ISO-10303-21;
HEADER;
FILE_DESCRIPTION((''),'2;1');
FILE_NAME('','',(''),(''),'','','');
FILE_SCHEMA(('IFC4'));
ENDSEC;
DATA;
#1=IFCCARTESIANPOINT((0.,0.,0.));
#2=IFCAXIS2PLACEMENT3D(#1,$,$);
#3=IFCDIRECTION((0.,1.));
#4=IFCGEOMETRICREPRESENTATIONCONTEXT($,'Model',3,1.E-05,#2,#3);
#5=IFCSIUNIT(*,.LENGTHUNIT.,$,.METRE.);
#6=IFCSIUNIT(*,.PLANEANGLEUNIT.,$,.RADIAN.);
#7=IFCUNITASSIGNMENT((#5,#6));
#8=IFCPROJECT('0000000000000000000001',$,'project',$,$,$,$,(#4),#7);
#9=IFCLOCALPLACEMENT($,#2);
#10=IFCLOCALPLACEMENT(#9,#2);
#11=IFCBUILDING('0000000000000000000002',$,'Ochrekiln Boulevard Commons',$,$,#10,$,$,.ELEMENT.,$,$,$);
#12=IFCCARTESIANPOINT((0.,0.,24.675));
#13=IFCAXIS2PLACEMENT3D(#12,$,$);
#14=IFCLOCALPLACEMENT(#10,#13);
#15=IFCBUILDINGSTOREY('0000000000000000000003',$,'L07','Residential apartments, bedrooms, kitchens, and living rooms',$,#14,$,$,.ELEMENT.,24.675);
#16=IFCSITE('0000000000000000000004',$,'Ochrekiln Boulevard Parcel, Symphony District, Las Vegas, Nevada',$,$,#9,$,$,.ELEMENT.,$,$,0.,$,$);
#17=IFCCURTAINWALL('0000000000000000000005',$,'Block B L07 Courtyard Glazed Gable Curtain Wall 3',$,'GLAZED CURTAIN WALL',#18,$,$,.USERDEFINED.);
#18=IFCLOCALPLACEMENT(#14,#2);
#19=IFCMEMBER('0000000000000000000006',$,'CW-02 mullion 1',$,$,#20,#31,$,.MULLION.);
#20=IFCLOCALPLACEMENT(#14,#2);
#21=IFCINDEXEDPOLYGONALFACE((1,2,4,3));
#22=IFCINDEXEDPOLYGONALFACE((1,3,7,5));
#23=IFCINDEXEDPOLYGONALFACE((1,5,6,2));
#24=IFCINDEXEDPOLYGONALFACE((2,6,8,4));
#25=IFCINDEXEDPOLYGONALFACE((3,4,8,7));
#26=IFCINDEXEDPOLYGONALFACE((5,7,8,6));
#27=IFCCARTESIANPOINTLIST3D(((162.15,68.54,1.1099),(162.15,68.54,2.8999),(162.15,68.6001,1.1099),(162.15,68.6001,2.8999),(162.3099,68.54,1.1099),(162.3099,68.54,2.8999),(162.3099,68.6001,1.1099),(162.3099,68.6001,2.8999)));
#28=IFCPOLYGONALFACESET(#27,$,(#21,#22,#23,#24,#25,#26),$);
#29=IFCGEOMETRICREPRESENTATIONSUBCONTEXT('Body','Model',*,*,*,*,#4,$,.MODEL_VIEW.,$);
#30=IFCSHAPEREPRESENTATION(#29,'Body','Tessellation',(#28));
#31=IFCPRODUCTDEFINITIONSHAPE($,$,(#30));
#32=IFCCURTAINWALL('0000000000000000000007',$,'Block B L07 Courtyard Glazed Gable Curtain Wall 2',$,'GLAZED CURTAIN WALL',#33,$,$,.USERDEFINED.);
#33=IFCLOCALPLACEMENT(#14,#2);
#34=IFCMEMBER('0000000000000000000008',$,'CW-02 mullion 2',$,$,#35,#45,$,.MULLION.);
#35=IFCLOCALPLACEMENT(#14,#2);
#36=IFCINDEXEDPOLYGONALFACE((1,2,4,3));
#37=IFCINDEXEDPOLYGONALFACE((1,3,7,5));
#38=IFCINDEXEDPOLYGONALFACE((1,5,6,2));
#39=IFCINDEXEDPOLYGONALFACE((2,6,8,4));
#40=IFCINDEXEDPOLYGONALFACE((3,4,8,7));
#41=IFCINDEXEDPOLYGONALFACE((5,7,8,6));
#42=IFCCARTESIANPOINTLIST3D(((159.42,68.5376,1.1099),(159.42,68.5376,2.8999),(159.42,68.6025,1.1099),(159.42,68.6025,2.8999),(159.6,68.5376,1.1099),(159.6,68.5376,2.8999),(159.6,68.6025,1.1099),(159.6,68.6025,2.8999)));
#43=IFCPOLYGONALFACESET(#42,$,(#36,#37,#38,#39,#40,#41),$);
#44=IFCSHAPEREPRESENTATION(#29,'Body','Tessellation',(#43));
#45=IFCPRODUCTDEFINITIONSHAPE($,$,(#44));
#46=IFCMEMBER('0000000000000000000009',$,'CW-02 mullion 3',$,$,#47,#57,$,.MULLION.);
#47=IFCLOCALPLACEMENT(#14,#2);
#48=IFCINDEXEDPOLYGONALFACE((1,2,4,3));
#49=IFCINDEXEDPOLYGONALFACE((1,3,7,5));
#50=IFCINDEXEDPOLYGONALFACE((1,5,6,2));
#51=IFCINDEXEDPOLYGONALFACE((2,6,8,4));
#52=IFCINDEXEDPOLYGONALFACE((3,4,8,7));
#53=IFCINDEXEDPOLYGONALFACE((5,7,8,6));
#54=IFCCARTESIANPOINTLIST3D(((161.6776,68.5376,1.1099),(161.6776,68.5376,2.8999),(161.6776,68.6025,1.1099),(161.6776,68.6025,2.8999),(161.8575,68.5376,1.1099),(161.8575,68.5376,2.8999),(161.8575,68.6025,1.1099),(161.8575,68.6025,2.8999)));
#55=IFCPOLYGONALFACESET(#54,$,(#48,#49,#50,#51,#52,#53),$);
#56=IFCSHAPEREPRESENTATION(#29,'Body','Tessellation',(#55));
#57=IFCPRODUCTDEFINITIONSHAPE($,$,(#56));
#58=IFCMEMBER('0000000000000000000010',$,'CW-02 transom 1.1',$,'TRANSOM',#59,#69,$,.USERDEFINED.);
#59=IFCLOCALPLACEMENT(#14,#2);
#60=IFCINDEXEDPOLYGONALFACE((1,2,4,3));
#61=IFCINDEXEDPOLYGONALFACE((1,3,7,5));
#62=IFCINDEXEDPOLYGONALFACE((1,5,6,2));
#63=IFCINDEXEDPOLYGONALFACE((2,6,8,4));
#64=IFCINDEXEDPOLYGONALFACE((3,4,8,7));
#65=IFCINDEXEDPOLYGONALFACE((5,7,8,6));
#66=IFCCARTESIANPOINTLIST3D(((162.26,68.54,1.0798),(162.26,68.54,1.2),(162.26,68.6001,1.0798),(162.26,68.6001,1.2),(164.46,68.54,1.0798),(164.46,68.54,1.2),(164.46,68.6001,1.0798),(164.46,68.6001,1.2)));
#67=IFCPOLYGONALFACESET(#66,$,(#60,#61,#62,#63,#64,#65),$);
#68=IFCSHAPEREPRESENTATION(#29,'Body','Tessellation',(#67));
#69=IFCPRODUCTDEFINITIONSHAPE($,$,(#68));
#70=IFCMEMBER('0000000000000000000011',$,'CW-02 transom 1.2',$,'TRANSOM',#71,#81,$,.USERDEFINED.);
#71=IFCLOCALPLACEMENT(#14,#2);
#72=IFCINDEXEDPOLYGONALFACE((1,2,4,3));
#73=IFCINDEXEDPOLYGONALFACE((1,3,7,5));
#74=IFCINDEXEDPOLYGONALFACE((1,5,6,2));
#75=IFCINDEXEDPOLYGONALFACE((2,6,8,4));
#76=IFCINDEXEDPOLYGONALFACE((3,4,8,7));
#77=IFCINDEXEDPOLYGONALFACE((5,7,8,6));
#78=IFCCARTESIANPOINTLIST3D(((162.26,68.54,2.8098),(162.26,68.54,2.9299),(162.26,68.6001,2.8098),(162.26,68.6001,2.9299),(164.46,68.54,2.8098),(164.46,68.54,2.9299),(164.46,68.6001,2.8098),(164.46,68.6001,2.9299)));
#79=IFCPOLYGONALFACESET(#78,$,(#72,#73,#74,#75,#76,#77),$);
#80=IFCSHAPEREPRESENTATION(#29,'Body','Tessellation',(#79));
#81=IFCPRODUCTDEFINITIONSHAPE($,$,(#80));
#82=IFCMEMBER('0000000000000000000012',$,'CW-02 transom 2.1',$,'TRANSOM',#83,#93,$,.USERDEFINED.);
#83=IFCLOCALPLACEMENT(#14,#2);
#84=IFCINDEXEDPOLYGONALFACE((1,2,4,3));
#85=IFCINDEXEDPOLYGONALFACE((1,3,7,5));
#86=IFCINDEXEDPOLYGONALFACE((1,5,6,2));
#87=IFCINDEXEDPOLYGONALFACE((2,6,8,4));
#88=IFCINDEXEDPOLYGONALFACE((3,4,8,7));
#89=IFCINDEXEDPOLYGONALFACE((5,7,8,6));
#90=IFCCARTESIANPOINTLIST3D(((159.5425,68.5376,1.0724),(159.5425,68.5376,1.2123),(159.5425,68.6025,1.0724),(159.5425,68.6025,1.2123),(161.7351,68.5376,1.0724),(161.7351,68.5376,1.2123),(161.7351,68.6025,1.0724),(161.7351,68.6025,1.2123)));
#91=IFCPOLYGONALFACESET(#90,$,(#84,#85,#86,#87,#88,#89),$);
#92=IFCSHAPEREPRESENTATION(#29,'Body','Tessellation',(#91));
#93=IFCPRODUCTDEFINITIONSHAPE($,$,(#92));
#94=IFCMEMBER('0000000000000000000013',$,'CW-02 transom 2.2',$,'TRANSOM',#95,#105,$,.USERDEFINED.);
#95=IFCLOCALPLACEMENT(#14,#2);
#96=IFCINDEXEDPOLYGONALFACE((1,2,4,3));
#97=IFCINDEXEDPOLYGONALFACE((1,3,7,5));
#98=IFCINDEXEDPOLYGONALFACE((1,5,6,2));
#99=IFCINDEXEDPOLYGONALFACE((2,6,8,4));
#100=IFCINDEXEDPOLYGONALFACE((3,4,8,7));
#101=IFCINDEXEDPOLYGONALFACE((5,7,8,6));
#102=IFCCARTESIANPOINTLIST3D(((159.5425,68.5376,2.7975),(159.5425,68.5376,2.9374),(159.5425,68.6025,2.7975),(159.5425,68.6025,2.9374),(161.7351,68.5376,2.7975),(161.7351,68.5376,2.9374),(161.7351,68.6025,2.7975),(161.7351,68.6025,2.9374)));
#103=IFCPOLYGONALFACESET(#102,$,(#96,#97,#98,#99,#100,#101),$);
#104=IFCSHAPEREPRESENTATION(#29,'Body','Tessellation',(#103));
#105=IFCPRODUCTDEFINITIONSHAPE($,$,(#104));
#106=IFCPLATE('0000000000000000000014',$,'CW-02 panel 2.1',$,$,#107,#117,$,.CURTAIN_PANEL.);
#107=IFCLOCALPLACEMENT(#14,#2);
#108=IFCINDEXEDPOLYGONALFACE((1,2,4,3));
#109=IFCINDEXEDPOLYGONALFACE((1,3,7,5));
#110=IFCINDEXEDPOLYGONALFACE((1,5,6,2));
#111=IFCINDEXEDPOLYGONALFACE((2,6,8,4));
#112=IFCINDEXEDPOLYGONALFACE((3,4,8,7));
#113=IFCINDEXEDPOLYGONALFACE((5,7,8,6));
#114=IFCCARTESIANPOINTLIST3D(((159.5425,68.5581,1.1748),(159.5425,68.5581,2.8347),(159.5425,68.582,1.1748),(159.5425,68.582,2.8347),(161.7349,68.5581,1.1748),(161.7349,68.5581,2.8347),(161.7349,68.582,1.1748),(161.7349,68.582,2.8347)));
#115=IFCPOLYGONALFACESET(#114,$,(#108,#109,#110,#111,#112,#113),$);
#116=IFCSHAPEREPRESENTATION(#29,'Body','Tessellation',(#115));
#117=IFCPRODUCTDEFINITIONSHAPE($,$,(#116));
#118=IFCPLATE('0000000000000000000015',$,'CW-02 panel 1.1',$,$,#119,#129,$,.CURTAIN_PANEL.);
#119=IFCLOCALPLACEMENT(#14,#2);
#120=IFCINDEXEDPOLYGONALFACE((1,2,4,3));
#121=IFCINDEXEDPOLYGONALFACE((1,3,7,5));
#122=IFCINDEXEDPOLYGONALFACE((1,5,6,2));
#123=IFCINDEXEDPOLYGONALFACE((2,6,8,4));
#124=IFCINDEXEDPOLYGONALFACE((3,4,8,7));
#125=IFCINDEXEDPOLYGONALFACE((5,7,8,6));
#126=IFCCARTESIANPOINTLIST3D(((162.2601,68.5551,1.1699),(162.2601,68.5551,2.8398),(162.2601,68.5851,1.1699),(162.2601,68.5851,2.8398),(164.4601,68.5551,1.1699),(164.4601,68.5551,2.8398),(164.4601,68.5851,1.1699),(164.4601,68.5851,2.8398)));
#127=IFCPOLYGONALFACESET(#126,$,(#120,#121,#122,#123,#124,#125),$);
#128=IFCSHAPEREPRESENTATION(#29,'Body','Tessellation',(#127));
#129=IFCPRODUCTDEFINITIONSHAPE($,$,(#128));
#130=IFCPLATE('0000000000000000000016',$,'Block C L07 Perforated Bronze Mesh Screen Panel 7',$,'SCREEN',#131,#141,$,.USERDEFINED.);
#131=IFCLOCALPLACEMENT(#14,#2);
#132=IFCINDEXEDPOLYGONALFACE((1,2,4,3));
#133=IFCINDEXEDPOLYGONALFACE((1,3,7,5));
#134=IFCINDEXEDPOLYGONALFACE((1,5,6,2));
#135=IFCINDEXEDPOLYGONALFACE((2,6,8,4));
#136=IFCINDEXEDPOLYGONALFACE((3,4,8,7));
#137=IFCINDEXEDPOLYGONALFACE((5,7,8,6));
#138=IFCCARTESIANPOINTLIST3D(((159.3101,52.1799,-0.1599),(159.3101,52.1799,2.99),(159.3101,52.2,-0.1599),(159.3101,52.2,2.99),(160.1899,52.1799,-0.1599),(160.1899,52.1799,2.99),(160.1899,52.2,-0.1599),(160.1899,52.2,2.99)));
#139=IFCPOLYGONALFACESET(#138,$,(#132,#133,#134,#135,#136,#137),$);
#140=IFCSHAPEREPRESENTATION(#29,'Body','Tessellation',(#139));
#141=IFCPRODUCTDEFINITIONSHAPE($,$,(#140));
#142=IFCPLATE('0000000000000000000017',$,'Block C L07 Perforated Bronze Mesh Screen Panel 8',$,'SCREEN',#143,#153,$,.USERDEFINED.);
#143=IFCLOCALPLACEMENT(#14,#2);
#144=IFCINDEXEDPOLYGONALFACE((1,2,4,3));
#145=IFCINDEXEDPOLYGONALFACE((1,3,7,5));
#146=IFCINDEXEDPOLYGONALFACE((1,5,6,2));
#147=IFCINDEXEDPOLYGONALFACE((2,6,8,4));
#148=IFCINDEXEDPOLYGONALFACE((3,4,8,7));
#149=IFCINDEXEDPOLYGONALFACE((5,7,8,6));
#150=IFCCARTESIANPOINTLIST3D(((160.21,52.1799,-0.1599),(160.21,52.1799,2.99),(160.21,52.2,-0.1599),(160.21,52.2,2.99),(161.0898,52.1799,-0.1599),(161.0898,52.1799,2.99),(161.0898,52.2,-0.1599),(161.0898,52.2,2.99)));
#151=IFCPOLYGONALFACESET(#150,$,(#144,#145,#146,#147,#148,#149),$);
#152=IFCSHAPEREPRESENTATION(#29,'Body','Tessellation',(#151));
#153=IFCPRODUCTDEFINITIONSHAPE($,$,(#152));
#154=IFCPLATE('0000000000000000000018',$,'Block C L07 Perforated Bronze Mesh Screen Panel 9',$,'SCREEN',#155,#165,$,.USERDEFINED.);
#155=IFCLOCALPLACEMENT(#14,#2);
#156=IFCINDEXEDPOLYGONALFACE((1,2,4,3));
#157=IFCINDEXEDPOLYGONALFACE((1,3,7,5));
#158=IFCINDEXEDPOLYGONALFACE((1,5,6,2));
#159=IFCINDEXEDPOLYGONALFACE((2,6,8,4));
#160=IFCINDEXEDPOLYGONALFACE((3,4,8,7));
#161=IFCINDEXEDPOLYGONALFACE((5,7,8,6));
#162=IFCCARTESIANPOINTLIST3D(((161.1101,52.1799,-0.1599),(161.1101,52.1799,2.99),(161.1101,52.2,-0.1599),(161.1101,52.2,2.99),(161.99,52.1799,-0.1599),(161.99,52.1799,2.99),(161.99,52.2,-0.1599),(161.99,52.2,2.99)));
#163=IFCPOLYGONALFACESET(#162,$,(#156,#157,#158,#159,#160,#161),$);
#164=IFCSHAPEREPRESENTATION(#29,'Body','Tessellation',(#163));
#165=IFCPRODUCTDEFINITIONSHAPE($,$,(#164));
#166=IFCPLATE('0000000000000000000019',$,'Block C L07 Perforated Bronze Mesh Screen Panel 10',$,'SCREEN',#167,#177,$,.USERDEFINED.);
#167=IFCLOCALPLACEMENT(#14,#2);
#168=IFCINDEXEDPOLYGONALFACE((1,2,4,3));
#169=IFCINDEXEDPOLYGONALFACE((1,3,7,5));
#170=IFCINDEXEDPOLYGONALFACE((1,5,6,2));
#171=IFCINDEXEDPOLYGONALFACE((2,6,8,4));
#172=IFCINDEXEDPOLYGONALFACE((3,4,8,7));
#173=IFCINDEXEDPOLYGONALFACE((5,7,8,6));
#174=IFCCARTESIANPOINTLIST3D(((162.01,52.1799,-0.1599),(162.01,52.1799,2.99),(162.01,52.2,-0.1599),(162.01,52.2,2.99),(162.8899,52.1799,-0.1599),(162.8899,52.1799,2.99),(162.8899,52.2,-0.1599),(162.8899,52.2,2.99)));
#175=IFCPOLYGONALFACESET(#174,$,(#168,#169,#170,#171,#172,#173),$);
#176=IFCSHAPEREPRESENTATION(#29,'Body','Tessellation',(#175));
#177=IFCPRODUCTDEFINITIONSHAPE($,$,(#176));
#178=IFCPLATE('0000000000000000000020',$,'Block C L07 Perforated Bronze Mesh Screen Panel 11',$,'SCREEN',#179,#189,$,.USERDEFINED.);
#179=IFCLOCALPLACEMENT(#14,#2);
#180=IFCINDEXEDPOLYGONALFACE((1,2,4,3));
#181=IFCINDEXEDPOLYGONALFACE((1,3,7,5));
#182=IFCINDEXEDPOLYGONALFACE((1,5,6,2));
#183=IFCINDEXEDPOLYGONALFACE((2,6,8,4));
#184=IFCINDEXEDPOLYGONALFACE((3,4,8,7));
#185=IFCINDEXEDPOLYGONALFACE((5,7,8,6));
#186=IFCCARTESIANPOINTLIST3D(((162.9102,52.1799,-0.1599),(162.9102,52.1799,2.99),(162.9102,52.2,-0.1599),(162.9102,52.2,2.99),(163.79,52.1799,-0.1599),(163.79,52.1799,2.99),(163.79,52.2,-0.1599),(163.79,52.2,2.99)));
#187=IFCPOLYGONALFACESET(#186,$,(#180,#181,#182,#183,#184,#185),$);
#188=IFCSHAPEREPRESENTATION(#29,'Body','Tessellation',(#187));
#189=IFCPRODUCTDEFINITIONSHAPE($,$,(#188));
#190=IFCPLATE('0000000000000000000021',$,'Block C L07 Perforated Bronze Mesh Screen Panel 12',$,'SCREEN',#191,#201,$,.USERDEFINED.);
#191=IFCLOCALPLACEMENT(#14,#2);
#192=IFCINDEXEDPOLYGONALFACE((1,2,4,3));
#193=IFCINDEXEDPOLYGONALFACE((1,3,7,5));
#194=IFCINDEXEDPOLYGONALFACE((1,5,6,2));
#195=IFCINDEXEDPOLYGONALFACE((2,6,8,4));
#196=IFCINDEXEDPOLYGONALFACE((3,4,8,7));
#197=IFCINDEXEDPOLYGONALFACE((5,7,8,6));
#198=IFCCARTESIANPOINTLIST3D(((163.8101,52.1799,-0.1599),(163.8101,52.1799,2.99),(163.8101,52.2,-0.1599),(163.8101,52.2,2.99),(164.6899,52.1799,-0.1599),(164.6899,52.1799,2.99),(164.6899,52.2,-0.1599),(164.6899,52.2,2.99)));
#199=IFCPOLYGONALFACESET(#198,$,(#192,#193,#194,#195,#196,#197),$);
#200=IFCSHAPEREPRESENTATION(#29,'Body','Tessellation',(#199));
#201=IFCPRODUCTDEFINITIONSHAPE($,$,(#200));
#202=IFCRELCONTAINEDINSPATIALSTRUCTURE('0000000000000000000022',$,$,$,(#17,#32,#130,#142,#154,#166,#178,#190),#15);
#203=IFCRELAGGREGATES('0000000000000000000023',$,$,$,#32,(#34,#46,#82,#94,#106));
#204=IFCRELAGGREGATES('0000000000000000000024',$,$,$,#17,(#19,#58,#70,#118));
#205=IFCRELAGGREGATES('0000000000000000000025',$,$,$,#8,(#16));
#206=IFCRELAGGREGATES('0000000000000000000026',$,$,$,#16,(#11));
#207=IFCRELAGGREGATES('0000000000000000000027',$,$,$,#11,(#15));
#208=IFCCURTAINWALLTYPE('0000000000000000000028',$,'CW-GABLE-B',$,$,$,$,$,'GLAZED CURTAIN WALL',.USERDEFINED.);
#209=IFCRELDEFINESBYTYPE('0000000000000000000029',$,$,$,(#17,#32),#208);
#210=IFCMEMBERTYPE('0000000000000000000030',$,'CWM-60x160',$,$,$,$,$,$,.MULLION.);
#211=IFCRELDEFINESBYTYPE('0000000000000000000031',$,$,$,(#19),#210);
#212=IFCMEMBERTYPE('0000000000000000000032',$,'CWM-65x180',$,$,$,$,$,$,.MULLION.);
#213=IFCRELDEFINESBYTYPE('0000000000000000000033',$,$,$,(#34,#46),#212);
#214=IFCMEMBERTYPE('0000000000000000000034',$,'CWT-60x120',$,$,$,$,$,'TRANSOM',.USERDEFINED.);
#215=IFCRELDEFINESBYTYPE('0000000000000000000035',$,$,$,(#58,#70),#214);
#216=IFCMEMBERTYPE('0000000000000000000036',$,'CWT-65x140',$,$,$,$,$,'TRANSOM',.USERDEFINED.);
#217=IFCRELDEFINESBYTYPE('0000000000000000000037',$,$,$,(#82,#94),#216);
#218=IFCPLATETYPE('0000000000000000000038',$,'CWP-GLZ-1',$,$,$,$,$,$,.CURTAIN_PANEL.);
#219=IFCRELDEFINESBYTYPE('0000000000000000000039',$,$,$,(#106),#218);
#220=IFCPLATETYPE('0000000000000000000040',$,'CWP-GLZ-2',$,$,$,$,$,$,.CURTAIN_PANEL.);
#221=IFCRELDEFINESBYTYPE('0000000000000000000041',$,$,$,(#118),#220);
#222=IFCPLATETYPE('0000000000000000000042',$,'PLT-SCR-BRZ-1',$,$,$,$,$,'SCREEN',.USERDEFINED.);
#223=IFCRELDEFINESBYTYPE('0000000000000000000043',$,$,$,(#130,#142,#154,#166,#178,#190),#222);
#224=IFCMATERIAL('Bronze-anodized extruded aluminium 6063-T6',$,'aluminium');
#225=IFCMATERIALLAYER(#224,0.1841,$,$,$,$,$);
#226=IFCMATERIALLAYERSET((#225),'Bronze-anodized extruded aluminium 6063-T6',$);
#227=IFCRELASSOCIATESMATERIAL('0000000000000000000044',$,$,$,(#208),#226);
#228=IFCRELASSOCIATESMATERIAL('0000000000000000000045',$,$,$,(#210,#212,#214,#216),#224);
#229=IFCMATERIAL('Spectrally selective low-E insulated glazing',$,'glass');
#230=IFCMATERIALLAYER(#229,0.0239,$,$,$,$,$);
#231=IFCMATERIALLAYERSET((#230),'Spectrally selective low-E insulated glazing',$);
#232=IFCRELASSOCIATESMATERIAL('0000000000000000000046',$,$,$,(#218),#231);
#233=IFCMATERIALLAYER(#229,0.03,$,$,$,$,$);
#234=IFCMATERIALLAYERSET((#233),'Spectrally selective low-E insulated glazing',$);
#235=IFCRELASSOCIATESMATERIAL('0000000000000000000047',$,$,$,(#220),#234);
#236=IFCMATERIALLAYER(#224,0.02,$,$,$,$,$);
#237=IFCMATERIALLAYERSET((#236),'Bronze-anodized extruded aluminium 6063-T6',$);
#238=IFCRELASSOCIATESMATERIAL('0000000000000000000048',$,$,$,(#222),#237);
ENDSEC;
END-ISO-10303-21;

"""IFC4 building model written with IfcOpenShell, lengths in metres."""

from ifc_helpers import new_model, si_unit, direction, frame, origin, origin_2d, place, context, subcontext, project, spatial, rectangle, extrude, material, layer, layer_set, material_profile, profile_set, type_object, element, aggregate, save


model = new_model("IFC4")

# Units and contexts
model_context = context("Model", 3, precision=1e-05, world=origin(), true_north=direction((0.0, 1.0)))
body_context = subcontext(model_context, "Body", "Model", "MODEL_VIEW")
ifc_project = project(units=[si_unit("LENGTHUNIT", "METRE"), si_unit("PLANEANGLEUNIT", "RADIAN")], contexts=[model_context])

# Site, building, storey
site_placement = place(None, origin())
site = spatial("IfcSite", under=ifc_project, at=site_placement, Name="Ochrekiln Boulevard Parcel, Symphony District, Las Vegas, Nevada", CompositionType="ELEMENT", RefElevation=0.0)
building_placement = place(site_placement, origin())
building = spatial("IfcBuilding", under=site, at=building_placement, Name="Ochrekiln Boulevard Commons", CompositionType="ELEMENT")
storey_placement = place(building_placement, frame((0.0, 0.0, 24.675)))
storey = spatial("IfcBuildingStorey", under=building, at=storey_placement, Name="L07", Description="Residential apartments, bedrooms, kitchens, and living rooms", CompositionType="ELEMENT", Elevation=24.675)

# Curtain wall, member
ifc_material_1 = material(Name="Bronze-anodized extruded aluminium 6063-T6", Category="aluminium")
ifc_layer_1 = layer(ifc_material_1, 0.1841)
ifc_layer_set_1 = layer_set([ifc_layer_1], Name="Bronze-anodized extruded aluminium 6063-T6")
curtain_wall_type = type_object("IfcCurtainWallType", Name="CW-GABLE-B", ElementType="GLAZED CURTAIN WALL", PredefinedType="USERDEFINED", material=ifc_layer_set_1)
curtain_wall_1_placement = place(storey_placement, origin())
curtain_wall_1 = element("IfcCurtainWall", 1, at=curtain_wall_1_placement, inside=storey, type_object=curtain_wall_type, Name="Block B L07 Courtyard Glazed Gable Curtain Wall 3", ObjectType="GLAZED CURTAIN WALL", PredefinedType="USERDEFINED")
ifc_material_profile_1 = material_profile(ifc_material_1, rectangle(XDim=0.0601, YDim=0.1599, at=origin_2d()), Name="ALU-MUL-60x160")
ifc_profile_set_1 = profile_set([ifc_material_profile_1], Name="Bronze-anodized extruded aluminium 6063-T6")
member_type_1 = type_object("IfcMemberType", Name="CWM-60x160", PredefinedType="MULLION", material=ifc_profile_set_1)
member_1_placement = place(storey_placement, frame((162.23, 68.5701, 1.1099), z_axis=(0.0, 0.0, 1.0), x_axis=(0.0, 1.0, 0.0)))
member_1 = element("IfcMember", 2, at=member_1_placement, type_object=member_type_1, Name="CW-02 mullion 1", PredefinedType="MULLION", context=body_context, shape_type="SweptSolid", body=[
    extrude(rectangle(XDim=0.0601, YDim=0.1599, at=origin_2d()), origin(), (0.0, 0.0, 1.0), 1.79),
])

# Curtain wall, members
curtain_wall_2_placement = place(storey_placement, origin())
curtain_wall_2 = element("IfcCurtainWall", 3, at=curtain_wall_2_placement, inside=storey, type_object=curtain_wall_type, Name="Block B L07 Courtyard Glazed Gable Curtain Wall 2", ObjectType="GLAZED CURTAIN WALL", PredefinedType="USERDEFINED")
ifc_material_profile_2 = material_profile(ifc_material_1, rectangle(XDim=0.0649, YDim=0.1799, at=origin_2d()), Name="ALU-MUL-65x180")
ifc_profile_set_2 = profile_set([ifc_material_profile_2], Name="Bronze-anodized extruded aluminium 6063-T6")
member_type_2 = type_object("IfcMemberType", Name="CWM-65x180", PredefinedType="MULLION", material=ifc_profile_set_2)
member_2_placement = place(storey_placement, frame((159.51, 68.5701, 1.1099), z_axis=(0.0, 0.0, 1.0), x_axis=(0.0, 1.0, 0.0)))
member_2 = element("IfcMember", 4, at=member_2_placement, type_object=member_type_2, Name="CW-02 mullion 2", PredefinedType="MULLION", context=body_context, shape_type="SweptSolid", body=[
    extrude(rectangle(XDim=0.0649, YDim=0.1799, at=origin_2d()), origin(), (0.0, 0.0, 1.0), 1.79),
])
member_3_placement = place(storey_placement, frame((161.7676, 68.5701, 1.1099), z_axis=(0.0, 0.0, 1.0), x_axis=(0.0, 1.0, 0.0)))
member_3 = element("IfcMember", 5, at=member_3_placement, type_object=member_type_2, Name="CW-02 mullion 3", PredefinedType="MULLION", context=body_context, shape_type="SweptSolid", body=[
    extrude(rectangle(XDim=0.0649, YDim=0.1799, at=origin_2d()), origin(), (0.0, 0.0, 1.0), 1.79),
])

# Members
ifc_material_profile_3 = material_profile(ifc_material_1, rectangle(XDim=0.0601, YDim=0.1201, at=origin_2d()), Name="ALU-TRN-60x120")
ifc_profile_set_3 = profile_set([ifc_material_profile_3], Name="Bronze-anodized extruded aluminium 6063-T6")
member_type_3 = type_object("IfcMemberType", Name="CWT-60x120", ElementType="TRANSOM", PredefinedType="USERDEFINED", material=ifc_profile_set_3)
member_4_placement = place(storey_placement, frame((162.26, 68.5701, 1.1399), z_axis=(1.0, 0.0, 0.0), x_axis=(0.0, 1.0, 0.0)))
member_4 = element("IfcMember", 6, at=member_4_placement, type_object=member_type_3, Name="CW-02 transom 1.1", ObjectType="TRANSOM", PredefinedType="USERDEFINED", context=body_context, shape_type="SweptSolid", body=[
    extrude(rectangle(XDim=0.0601, YDim=0.1201, at=origin_2d()), origin(), (0.0, 0.0, 1.0), 2.2),
])
member_5_placement = place(storey_placement, frame((162.26, 68.5701, 2.8699), z_axis=(1.0, 0.0, 0.0), x_axis=(0.0, 1.0, 0.0)))
member_5 = element("IfcMember", 7, at=member_5_placement, type_object=member_type_3, Name="CW-02 transom 1.2", ObjectType="TRANSOM", PredefinedType="USERDEFINED", context=body_context, shape_type="SweptSolid", body=[
    extrude(rectangle(XDim=0.0601, YDim=0.1201, at=origin_2d()), origin(), (0.0, 0.0, 1.0), 2.2),
])
ifc_material_profile_4 = material_profile(ifc_material_1, rectangle(XDim=0.0649, YDim=0.1399, at=origin_2d()), Name="ALU-TRN-65x140")
ifc_profile_set_4 = profile_set([ifc_material_profile_4], Name="Bronze-anodized extruded aluminium 6063-T6")
member_type_4 = type_object("IfcMemberType", Name="CWT-65x140", ElementType="TRANSOM", PredefinedType="USERDEFINED", material=ifc_profile_set_4)
member_6_placement = place(storey_placement, frame((159.5425, 68.5701, 1.1423), z_axis=(1.0, 0.0, 0.0), x_axis=(0.0, 1.0, 0.0)))
member_6 = element("IfcMember", 8, at=member_6_placement, type_object=member_type_4, Name="CW-02 transom 2.1", ObjectType="TRANSOM", PredefinedType="USERDEFINED", context=body_context, shape_type="SweptSolid", body=[
    extrude(rectangle(XDim=0.0649, YDim=0.1399, at=origin_2d()), origin(), (0.0, 0.0, 1.0), 2.1926),
])
member_7_placement = place(storey_placement, frame((159.5425, 68.5701, 2.8674), z_axis=(1.0, 0.0, 0.0), x_axis=(0.0, 1.0, 0.0)))
member_7 = element("IfcMember", 9, at=member_7_placement, type_object=member_type_4, Name="CW-02 transom 2.2", ObjectType="TRANSOM", PredefinedType="USERDEFINED", context=body_context, shape_type="SweptSolid", body=[
    extrude(rectangle(XDim=0.0649, YDim=0.1399, at=origin_2d()), origin(), (0.0, 0.0, 1.0), 2.1926),
])

# Plates
ifc_material_2 = material(Name="Spectrally selective low-E insulated glazing", Category="glass")
ifc_layer_2 = layer(ifc_material_2, 0.0239)
ifc_layer_set_2 = layer_set([ifc_layer_2], Name="Spectrally selective low-E insulated glazing")
plate_type_1 = type_object("IfcPlateType", Name="CWP-GLZ-1", PredefinedType="CURTAIN_PANEL", material=ifc_layer_set_2)
plate_1_placement = place(storey_placement, frame((160.6387, 68.5701, 1.1748), z_axis=(0.0, 0.0, 1.0), x_axis=(1.0, 0.0, 0.0)))
plate_1 = element("IfcPlate", 10, at=plate_1_placement, type_object=plate_type_1, Name="CW-02 panel 2.1", PredefinedType="CURTAIN_PANEL", context=body_context, shape_type="SweptSolid", body=[
    extrude(rectangle(XDim=2.1924, YDim=0.0239, at=origin_2d()), origin(), (0.0, 0.0, 1.0), 1.6599),
])
aggregate(curtain_wall_2, [member_2, member_3, member_6, member_7, plate_1])
ifc_layer_3 = layer(ifc_material_2, 0.03)
ifc_layer_set_3 = layer_set([ifc_layer_3], Name="Spectrally selective low-E insulated glazing")
plate_type_2 = type_object("IfcPlateType", Name="CWP-GLZ-2", PredefinedType="CURTAIN_PANEL", material=ifc_layer_set_3)
plate_2_placement = place(storey_placement, frame((163.3601, 68.5701, 1.1699), z_axis=(0.0, 0.0, 1.0), x_axis=(1.0, 0.0, 0.0)))
plate_2 = element("IfcPlate", 11, at=plate_2_placement, type_object=plate_type_2, Name="CW-02 panel 1.1", PredefinedType="CURTAIN_PANEL", context=body_context, shape_type="SweptSolid", body=[
    extrude(rectangle(XDim=2.2, YDim=0.03, at=origin_2d()), origin(), (0.0, 0.0, 1.0), 1.6699),
])
aggregate(curtain_wall_1, [member_1, member_4, member_5, plate_2])

# Plates
ifc_layer_4 = layer(ifc_material_1, 0.02)
ifc_layer_set_4 = layer_set([ifc_layer_4], Name="Bronze-anodized extruded aluminium 6063-T6")
plate_type_3 = type_object("IfcPlateType", Name="PLT-SCR-BRZ-1", ElementType="SCREEN", PredefinedType="USERDEFINED", material=ifc_layer_set_4)
for number, where, z_axis, x_axis, name in (
    (12, (159.75, 52.1899, -0.1599), (0.0, 0.0, 1.0), (1.0, 0.0, 0.0), "Block C L07 Perforated Bronze Mesh Screen Panel 7"),
    (13, (160.6499, 52.1899, -0.1599), (0.0, 0.0, 1.0), (1.0, 0.0, 0.0), "Block C L07 Perforated Bronze Mesh Screen Panel 8"),
    (14, (161.55, 52.1899, -0.1599), (0.0, 0.0, 1.0), (1.0, 0.0, 0.0), "Block C L07 Perforated Bronze Mesh Screen Panel 9"),
    (15, (162.45, 52.1899, -0.1599), (0.0, 0.0, 1.0), (1.0, 0.0, 0.0), "Block C L07 Perforated Bronze Mesh Screen Panel 10"),
    (16, (163.3501, 52.1899, -0.1599), (0.0, 0.0, 1.0), (1.0, 0.0, 0.0), "Block C L07 Perforated Bronze Mesh Screen Panel 11"),
    (17, (164.25, 52.1899, -0.1599), (0.0, 0.0, 1.0), (1.0, 0.0, 0.0), "Block C L07 Perforated Bronze Mesh Screen Panel 12"),
):
    element("IfcPlate", number, at=place(storey_placement, frame(where, z_axis=z_axis, x_axis=x_axis)), inside=storey, type_object=plate_type_3, Name=name, ObjectType="SCREEN", PredefinedType="USERDEFINED", context=body_context, shape_type="SweptSolid", body=[
        extrude(rectangle(XDim=0.8799, YDim=0.02, at=origin_2d()), origin(), (0.0, 0.0, 1.0), 3.1499),
    ])

save(model, "model.ifc")
